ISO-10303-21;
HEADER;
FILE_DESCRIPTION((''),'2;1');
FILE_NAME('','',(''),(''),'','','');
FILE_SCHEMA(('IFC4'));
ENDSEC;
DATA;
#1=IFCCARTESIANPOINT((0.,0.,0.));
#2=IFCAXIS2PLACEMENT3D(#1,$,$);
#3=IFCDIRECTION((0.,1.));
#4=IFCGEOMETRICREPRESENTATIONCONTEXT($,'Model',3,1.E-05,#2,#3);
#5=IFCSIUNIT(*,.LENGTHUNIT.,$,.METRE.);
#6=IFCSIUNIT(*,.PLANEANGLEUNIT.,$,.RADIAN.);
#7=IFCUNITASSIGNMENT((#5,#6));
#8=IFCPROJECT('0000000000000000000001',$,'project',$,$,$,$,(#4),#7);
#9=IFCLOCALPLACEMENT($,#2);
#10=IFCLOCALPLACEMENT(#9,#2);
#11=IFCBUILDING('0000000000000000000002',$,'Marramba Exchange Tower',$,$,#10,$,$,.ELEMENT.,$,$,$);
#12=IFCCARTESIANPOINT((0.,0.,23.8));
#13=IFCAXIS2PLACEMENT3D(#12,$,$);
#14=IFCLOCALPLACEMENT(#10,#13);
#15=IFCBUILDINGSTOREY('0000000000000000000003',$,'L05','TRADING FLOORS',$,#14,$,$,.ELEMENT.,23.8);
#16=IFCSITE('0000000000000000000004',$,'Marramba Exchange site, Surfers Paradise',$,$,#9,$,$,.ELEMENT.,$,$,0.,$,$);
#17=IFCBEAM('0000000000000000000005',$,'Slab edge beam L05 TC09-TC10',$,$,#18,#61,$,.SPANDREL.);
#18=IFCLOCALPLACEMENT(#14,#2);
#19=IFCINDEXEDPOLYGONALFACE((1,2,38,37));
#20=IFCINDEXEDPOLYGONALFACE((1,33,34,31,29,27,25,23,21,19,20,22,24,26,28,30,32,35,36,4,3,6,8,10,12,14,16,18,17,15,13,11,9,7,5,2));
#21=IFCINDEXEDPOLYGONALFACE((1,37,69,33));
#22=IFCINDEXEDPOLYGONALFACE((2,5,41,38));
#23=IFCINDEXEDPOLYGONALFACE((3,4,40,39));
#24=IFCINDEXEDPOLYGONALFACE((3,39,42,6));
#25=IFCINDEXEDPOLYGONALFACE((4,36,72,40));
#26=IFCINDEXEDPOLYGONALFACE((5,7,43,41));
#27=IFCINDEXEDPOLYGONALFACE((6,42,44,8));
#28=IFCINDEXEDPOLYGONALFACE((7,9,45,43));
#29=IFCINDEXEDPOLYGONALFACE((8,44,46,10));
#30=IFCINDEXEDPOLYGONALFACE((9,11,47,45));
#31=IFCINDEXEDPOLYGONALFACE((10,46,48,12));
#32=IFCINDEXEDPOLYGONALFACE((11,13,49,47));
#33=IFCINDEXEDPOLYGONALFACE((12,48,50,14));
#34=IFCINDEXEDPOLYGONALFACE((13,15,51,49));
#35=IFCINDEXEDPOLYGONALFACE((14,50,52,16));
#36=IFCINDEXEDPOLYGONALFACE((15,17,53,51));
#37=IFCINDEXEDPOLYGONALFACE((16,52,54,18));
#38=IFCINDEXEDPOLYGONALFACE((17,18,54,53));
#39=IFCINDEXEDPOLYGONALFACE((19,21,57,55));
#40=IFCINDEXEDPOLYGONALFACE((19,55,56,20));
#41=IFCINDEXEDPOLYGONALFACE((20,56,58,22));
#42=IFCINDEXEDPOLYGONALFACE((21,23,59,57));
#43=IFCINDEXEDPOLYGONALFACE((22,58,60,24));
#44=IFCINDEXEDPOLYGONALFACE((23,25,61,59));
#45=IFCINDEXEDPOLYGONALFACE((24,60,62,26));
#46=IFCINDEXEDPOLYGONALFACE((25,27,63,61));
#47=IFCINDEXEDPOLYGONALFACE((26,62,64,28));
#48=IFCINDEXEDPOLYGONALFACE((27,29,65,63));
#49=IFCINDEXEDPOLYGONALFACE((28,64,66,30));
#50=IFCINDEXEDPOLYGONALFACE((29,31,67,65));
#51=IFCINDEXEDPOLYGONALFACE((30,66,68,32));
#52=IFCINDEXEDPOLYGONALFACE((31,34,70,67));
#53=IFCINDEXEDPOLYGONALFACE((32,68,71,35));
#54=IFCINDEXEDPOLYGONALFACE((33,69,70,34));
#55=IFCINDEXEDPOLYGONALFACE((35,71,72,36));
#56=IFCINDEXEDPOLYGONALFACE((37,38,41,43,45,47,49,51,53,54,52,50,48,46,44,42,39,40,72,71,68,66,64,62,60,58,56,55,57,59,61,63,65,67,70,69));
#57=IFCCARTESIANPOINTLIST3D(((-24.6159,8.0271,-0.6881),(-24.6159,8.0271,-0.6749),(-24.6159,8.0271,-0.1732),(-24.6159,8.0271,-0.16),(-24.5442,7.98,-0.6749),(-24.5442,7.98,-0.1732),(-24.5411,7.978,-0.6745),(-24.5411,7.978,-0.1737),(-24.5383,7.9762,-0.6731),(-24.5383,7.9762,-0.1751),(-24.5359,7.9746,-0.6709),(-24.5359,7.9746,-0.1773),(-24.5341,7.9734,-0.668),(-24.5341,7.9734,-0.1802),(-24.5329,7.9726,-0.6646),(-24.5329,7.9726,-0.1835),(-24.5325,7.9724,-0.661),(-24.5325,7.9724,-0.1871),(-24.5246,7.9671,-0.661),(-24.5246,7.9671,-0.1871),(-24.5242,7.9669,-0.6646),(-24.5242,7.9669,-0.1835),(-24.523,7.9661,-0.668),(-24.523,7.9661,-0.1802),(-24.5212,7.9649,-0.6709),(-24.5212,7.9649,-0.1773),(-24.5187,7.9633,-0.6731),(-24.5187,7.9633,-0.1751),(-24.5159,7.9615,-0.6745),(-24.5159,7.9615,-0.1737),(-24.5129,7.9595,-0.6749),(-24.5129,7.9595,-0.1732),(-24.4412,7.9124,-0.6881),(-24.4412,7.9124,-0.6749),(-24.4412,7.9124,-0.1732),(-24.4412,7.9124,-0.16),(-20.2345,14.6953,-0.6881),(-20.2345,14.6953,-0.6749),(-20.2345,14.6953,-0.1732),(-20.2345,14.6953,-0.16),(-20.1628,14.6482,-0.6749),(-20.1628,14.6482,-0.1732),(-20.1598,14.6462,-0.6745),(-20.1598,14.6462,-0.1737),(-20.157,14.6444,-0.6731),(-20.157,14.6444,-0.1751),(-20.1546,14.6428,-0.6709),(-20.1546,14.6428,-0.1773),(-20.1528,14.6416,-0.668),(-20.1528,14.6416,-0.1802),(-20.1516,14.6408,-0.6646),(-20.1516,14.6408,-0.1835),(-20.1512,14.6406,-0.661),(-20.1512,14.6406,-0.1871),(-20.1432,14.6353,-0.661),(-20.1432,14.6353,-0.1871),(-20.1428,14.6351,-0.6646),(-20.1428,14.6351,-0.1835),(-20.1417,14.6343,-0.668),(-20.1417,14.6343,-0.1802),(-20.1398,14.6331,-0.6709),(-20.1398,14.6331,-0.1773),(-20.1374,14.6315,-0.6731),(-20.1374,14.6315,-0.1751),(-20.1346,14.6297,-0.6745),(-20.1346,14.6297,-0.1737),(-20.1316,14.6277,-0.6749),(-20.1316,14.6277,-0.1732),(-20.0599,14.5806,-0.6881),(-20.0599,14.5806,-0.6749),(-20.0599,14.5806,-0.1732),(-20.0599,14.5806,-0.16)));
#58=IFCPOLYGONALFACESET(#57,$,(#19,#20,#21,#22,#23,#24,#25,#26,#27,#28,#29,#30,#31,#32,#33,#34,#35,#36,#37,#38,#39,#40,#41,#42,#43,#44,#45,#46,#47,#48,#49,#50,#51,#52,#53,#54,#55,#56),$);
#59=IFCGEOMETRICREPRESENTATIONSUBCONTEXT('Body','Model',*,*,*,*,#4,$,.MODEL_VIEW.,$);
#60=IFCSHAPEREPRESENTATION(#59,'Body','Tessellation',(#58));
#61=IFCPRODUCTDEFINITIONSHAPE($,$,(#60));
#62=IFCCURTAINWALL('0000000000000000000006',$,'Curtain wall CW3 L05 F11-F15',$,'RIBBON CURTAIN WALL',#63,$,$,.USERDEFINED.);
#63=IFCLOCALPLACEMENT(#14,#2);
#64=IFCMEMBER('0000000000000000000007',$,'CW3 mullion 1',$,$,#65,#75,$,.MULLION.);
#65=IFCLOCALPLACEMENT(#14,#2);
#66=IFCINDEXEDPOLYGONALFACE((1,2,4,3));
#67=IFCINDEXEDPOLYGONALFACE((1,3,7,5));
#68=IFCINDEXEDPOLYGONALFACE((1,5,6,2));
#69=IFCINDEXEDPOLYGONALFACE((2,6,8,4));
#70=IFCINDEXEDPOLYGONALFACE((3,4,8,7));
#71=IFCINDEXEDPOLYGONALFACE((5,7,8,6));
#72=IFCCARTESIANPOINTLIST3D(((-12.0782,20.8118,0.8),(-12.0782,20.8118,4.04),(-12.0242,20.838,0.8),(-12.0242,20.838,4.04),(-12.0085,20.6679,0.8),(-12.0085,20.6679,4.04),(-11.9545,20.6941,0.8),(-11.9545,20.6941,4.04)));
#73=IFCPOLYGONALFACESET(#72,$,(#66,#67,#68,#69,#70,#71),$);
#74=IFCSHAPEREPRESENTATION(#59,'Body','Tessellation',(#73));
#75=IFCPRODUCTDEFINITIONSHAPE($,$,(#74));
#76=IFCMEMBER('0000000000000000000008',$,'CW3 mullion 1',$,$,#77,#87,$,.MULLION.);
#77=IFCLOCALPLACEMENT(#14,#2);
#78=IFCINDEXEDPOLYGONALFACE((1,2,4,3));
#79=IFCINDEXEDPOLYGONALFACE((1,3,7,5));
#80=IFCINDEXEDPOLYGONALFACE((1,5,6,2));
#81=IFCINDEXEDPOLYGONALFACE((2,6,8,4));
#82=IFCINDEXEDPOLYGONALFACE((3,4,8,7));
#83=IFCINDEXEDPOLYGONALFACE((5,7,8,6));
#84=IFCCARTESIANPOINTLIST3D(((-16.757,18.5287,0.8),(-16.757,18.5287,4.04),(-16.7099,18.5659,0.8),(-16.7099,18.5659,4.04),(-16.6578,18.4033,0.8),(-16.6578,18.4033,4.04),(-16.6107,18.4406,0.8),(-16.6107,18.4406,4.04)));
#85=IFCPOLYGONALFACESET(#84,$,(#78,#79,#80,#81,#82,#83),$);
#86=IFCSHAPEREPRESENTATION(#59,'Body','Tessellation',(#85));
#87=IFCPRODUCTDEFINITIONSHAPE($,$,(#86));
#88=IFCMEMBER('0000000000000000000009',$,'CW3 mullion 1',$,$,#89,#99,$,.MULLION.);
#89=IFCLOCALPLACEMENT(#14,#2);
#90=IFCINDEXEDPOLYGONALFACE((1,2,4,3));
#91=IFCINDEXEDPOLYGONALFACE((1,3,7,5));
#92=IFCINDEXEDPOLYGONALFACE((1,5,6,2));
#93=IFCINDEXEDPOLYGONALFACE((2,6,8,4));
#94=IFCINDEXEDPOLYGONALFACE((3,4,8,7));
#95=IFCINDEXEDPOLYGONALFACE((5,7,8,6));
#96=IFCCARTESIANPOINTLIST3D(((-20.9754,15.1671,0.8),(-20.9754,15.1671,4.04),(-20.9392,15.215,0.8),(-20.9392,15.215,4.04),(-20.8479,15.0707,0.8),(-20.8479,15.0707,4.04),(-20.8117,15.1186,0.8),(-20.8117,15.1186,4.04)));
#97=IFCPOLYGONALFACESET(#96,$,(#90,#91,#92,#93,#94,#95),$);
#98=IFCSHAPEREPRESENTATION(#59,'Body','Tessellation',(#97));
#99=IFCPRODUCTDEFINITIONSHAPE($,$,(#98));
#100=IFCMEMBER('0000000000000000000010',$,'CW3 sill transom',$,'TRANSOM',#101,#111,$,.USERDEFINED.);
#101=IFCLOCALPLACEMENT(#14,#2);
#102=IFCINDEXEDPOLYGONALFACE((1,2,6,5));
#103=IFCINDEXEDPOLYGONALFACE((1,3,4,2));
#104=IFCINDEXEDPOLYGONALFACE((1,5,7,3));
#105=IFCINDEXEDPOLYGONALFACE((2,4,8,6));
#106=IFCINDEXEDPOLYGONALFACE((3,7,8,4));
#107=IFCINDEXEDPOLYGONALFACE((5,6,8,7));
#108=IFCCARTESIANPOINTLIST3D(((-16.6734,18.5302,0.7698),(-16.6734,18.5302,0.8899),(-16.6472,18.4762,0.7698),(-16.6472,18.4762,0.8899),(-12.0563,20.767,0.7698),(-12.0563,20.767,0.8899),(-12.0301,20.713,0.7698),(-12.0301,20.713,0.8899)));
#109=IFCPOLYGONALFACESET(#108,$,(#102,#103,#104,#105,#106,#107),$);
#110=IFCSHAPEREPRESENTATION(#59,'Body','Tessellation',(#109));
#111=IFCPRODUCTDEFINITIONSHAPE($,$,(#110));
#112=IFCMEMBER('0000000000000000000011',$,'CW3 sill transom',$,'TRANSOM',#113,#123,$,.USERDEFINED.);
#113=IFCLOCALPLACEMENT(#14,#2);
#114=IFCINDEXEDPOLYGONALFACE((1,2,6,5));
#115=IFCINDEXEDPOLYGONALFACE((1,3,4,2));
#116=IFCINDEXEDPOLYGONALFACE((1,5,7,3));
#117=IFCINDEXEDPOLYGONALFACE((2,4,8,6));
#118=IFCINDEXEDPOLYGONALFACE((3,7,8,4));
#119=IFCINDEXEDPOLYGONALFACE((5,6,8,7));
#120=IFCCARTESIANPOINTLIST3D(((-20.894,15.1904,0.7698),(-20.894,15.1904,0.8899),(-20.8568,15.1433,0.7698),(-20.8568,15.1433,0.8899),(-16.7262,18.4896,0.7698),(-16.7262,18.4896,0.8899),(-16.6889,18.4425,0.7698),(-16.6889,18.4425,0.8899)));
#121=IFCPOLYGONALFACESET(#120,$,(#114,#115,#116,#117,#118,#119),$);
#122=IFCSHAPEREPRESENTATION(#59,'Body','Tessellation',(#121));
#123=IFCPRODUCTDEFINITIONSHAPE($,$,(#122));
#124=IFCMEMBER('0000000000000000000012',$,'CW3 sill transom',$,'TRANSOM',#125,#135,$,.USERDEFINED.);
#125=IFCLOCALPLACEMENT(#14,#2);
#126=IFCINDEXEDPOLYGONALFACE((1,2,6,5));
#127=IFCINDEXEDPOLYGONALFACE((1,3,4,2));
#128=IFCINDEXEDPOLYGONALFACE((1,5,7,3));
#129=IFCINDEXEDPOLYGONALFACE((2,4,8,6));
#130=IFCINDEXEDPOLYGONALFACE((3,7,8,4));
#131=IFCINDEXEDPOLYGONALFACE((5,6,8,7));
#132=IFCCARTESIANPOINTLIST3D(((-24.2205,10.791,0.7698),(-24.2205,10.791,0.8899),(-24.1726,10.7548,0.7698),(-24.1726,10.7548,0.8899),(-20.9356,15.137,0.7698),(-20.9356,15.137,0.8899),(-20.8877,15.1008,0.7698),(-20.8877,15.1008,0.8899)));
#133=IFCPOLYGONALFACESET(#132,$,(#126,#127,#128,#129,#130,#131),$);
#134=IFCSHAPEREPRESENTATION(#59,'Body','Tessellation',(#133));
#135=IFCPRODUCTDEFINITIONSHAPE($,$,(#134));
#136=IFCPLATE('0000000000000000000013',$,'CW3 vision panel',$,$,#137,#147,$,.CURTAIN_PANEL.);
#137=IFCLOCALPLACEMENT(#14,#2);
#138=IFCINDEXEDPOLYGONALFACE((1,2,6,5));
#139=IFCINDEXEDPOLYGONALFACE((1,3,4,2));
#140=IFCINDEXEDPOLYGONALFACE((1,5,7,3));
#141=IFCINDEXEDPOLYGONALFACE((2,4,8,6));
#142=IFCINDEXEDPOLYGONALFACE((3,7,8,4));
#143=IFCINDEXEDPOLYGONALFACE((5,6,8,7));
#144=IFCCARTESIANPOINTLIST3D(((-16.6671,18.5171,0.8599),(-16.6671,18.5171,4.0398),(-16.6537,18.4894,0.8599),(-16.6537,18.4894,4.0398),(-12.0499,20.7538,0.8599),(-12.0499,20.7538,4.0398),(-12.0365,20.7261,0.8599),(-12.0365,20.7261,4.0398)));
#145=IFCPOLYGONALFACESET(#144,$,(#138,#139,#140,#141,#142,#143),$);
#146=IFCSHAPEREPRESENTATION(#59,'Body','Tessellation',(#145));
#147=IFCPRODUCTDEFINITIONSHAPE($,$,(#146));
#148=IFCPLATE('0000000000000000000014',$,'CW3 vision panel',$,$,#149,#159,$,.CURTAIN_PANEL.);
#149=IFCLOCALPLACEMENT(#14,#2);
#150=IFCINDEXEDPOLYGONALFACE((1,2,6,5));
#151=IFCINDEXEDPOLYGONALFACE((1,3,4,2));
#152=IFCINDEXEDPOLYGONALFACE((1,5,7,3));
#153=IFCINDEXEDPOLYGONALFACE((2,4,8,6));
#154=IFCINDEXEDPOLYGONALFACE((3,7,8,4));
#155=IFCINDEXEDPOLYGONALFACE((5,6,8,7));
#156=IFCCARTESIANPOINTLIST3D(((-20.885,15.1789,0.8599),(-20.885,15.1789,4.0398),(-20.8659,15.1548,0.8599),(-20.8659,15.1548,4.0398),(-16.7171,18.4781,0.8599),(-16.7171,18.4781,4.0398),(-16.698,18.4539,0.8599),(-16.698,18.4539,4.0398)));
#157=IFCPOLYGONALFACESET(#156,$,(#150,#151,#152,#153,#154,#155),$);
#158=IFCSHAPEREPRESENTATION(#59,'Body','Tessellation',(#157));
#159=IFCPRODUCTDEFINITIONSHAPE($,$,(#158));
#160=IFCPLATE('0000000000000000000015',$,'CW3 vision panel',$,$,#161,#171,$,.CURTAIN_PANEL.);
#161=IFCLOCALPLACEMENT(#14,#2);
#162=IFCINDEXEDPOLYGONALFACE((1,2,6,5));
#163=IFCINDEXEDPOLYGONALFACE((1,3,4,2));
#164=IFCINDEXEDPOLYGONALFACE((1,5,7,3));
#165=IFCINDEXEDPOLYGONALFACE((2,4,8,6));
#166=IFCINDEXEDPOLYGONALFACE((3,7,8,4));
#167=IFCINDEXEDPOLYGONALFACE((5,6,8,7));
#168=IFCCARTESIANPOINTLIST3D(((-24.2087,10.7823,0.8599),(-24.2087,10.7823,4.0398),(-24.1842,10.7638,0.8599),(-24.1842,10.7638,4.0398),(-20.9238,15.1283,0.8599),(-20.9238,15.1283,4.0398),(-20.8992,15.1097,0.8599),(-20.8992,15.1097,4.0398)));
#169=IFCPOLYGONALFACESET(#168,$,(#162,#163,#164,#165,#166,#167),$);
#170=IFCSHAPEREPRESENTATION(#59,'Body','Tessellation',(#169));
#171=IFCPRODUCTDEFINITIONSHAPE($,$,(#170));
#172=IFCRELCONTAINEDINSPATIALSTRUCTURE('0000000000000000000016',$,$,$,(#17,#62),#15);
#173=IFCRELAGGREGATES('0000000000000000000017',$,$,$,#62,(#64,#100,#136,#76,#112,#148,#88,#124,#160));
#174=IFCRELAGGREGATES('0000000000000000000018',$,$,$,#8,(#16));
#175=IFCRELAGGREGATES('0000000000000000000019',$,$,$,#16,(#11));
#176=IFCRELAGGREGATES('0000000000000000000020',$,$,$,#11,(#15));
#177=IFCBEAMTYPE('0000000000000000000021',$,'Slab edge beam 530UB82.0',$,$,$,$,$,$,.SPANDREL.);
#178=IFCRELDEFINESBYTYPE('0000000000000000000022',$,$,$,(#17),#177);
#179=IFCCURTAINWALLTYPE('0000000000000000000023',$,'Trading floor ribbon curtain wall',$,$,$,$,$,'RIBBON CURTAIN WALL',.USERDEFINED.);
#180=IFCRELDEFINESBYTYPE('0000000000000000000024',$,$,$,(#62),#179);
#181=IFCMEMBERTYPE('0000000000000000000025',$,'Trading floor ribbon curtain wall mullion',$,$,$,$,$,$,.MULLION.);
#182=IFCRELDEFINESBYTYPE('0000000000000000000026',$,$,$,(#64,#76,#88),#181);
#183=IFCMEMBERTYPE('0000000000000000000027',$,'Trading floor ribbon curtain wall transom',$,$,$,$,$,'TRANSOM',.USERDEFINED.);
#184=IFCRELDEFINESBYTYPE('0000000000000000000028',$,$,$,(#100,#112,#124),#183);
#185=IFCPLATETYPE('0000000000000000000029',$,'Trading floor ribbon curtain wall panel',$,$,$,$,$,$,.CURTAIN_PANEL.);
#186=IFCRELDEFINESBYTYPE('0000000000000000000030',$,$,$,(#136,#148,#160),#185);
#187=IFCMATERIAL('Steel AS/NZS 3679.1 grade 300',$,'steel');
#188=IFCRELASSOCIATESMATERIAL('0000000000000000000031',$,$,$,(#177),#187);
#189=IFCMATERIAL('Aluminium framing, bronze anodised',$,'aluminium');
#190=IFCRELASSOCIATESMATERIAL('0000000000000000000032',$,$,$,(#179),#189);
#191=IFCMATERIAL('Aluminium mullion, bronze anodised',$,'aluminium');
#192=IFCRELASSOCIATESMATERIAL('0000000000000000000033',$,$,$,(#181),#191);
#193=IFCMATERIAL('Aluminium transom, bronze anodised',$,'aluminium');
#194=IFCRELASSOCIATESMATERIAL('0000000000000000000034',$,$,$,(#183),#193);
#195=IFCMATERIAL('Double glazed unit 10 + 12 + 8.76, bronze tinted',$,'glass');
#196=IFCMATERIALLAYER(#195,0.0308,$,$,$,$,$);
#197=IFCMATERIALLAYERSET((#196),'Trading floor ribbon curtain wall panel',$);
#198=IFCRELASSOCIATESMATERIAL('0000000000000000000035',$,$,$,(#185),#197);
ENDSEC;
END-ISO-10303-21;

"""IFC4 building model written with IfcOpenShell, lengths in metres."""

from ifc_helpers import new_model, si_unit, direction, frame, origin, origin_2d, place, context, subcontext, project, spatial, rectangle, i_section, extrude, material, layer, layer_set, material_profile, profile_set, type_object, element, aggregate, save


model = new_model("IFC4")

# Units and contexts
model_context = context("Model", 3, precision=1e-05, world=origin(), true_north=direction((0.0, 1.0)))
body_context = subcontext(model_context, "Body", "Model", "MODEL_VIEW")
ifc_project = project(units=[si_unit("LENGTHUNIT", "METRE"), si_unit("PLANEANGLEUNIT", "RADIAN")], contexts=[model_context])

# Site, building, storey
site_placement = place(None, origin())
site = spatial("IfcSite", under=ifc_project, at=site_placement, Name="Marramba Exchange site, Surfers Paradise", CompositionType="ELEMENT", RefElevation=0.0)
building_placement = place(site_placement, origin())
building = spatial("IfcBuilding", under=site, at=building_placement, Name="Marramba Exchange Tower", CompositionType="ELEMENT")
storey_placement = place(building_placement, frame((0.0, 0.0, 23.8)))
storey = spatial("IfcBuildingStorey", under=building, at=storey_placement, Name="L05", Description="TRADING FLOORS", CompositionType="ELEMENT", Elevation=23.8)

# Beam
ifc_material_1 = material(Name="Steel AS/NZS 3679.1 grade 300", Category="steel")
ifc_material_profile_1 = material_profile(ifc_material_1, i_section(OverallWidth=0.209, OverallDepth=0.5281, WebThickness=0.0095, FlangeThickness=0.0132, FilletRadius=0.0139, at=origin_2d()), Name="530UB82.0")
ifc_profile_set_1 = profile_set([ifc_material_profile_1], Name="Steel AS/NZS 3679.1 grade 300")
beam_type_1 = type_object("IfcBeamType", Name="Slab edge beam 530UB82.0", PredefinedType="SPANDREL", material=ifc_profile_set_1)
beam_1_placement = place(storey_placement, frame((-20.1472, 14.6379, -0.4241), z_axis=(-0.549124, -0.835741, 0.0), x_axis=(0.835741, -0.549124, 0.0)))
element("IfcBeam", 1, at=beam_1_placement, inside=storey, type_object=beam_type_1, Name="Slab edge beam L05 TC09-TC10", PredefinedType="SPANDREL", context=body_context, shape_type="SweptSolid", body=[
    extrude(i_section(OverallWidth=0.209, OverallDepth=0.5281, WebThickness=0.0095, FlangeThickness=0.0132, FilletRadius=0.0139, at=origin_2d()), origin(), (0.0, 0.0, 1.0), 7.9788),
])

# Curtain wall, members, plates
ifc_material_2 = material(Name="Aluminium framing, bronze anodised", Category="aluminium")
curtain_wall_type = type_object("IfcCurtainWallType", Name="Trading floor ribbon curtain wall", ElementType="RIBBON CURTAIN WALL", PredefinedType="USERDEFINED", material=ifc_material_2)
curtain_wall_placement = place(storey_placement, origin())
curtain_wall = element("IfcCurtainWall", 2, at=curtain_wall_placement, inside=storey, type_object=curtain_wall_type, Name="Curtain wall CW3 L05 F11-F15", ObjectType="RIBBON CURTAIN WALL", PredefinedType="USERDEFINED")
ifc_material_3 = material(Name="Aluminium mullion, bronze anodised", Category="aluminium")
ifc_material_profile_2 = material_profile(ifc_material_3, rectangle(XDim=0.1599, YDim=0.0601, at=origin_2d()), Name="CW3 mullion 60x160")
ifc_profile_set_2 = profile_set([ifc_material_profile_2], Name="Aluminium mullion, bronze anodised")
member_type_1 = type_object("IfcMemberType", Name="Trading floor ribbon curtain wall mullion", PredefinedType="MULLION", material=ifc_profile_set_2)
member_1_placement = place(storey_placement, frame((-12.0164, 20.7529, 0.8), z_axis=(0.0, 0.0, 1.0), x_axis=(0.435965, -0.899963, 0.0)))
member_1 = element("IfcMember", 3, at=member_1_placement, type_object=member_type_1, Name="CW3 mullion 1", PredefinedType="MULLION", context=body_context, shape_type="SweptSolid", body=[
    extrude(rectangle(XDim=0.1599, YDim=0.0601, at=origin_2d()), origin(), (0.0, 0.0, 1.0), 3.24),
])
member_2_placement = place(storey_placement, frame((-16.6838, 18.4846, 0.8), z_axis=(0.0, 0.0, 1.0), x_axis=(0.62065, -0.784088, 0.0)))
member_2 = element("IfcMember", 4, at=member_2_placement, type_object=member_type_1, Name="CW3 mullion 1", PredefinedType="MULLION", context=body_context, shape_type="SweptSolid", body=[
    extrude(rectangle(XDim=0.1599, YDim=0.0601, at=origin_2d()), origin(), (0.0, 0.0, 1.0), 3.24),
])
member_3_placement = place(storey_placement, frame((-20.8936, 15.1428, 0.8), z_axis=(0.0, 0.0, 1.0), x_axis=(0.797749, -0.60299, 0.0)))
member_3 = element("IfcMember", 5, at=member_3_placement, type_object=member_type_1, Name="CW3 mullion 1", PredefinedType="MULLION", context=body_context, shape_type="SweptSolid", body=[
    extrude(rectangle(XDim=0.1599, YDim=0.0601, at=origin_2d()), origin(), (0.0, 0.0, 1.0), 3.24),
])
ifc_material_4 = material(Name="Aluminium transom, bronze anodised", Category="aluminium")
ifc_material_profile_3 = material_profile(ifc_material_4, rectangle(XDim=0.0601, YDim=0.1201, at=origin_2d()), Name="CW3 transom 60x120")
ifc_profile_set_3 = profile_set([ifc_material_profile_3], Name="Aluminium transom, bronze anodised")
member_type_2 = type_object("IfcMemberType", Name="Trading floor ribbon curtain wall transom", ElementType="TRANSOM", PredefinedType="USERDEFINED", material=ifc_profile_set_3)
member_4_placement = place(storey_placement, frame((-12.0432, 20.74, 0.8298), z_axis=(-0.899953, -0.435986, 0.0), x_axis=(0.435986, -0.899953, 0.0)))
member_4 = element("IfcMember", 6, at=member_4_placement, type_object=member_type_2, Name="CW3 sill transom", ObjectType="TRANSOM", PredefinedType="USERDEFINED", context=body_context, shape_type="SweptSolid", body=[
    extrude(rectangle(XDim=0.0601, YDim=0.1201, at=origin_2d()), origin(), (0.0, 0.0, 1.0), 5.1304),
])
member_5_placement = place(storey_placement, frame((-16.7075, 18.4661, 0.8298), z_axis=(-0.784076, -0.620665, 0.0), x_axis=(0.620665, -0.784076, 0.0)))
member_5 = element("IfcMember", 7, at=member_5_placement, type_object=member_type_2, Name="CW3 sill transom", ObjectType="TRANSOM", PredefinedType="USERDEFINED", context=body_context, shape_type="SweptSolid", body=[
    extrude(rectangle(XDim=0.0601, YDim=0.1201, at=origin_2d()), origin(), (0.0, 0.0, 1.0), 5.3157),
])
member_6_placement = place(storey_placement, frame((-20.9116, 15.1189, 0.8298), z_axis=(-0.602986, -0.797752, 0.0), x_axis=(0.797752, -0.602986, 0.0)))
member_6 = element("IfcMember", 8, at=member_6_placement, type_object=member_type_2, Name="CW3 sill transom", ObjectType="TRANSOM", PredefinedType="USERDEFINED", context=body_context, shape_type="SweptSolid", body=[
    extrude(rectangle(XDim=0.0601, YDim=0.1201, at=origin_2d()), origin(), (0.0, 0.0, 1.0), 5.4478),
])
ifc_material_5 = material(Name="Double glazed unit 10 + 12 + 8.76, bronze tinted", Category="glass")
ifc_layer_1 = layer(ifc_material_5, 0.0308)
ifc_layer_set_1 = layer_set([ifc_layer_1], Name="Trading floor ribbon curtain wall panel")
plate_type = type_object("IfcPlateType", Name="Trading floor ribbon curtain wall panel", PredefinedType="CURTAIN_PANEL", material=ifc_layer_set_1)
plate_1_placement = place(storey_placement, frame((-14.3518, 19.6216, 0.8599), z_axis=(0.0, 0.0, 1.0), x_axis=(-0.899963, -0.435965, 0.0)))
plate_1 = element("IfcPlate", 9, at=plate_1_placement, type_object=plate_type, Name="CW3 vision panel", PredefinedType="CURTAIN_PANEL", context=body_context, shape_type="SweptSolid", body=[
    extrude(rectangle(XDim=5.1304, YDim=0.0308, at=origin_2d()), origin(), (0.0, 0.0, 1.0), 3.1799),
])
plate_2_placement = place(storey_placement, frame((-18.7915, 16.8164, 0.8599), z_axis=(0.0, 0.0, 1.0), x_axis=(-0.784088, -0.62065, 0.0)))
plate_2 = element("IfcPlate", 10, at=plate_2_placement, type_object=plate_type, Name="CW3 vision panel", PredefinedType="CURTAIN_PANEL", context=body_context, shape_type="SweptSolid", body=[
    extrude(rectangle(XDim=5.3157, YDim=0.0308, at=origin_2d()), origin(), (0.0, 0.0, 1.0), 3.1799),
])
plate_3_placement = place(storey_placement, frame((-22.554, 12.946, 0.8599), z_axis=(0.0, 0.0, 1.0), x_axis=(-0.60299, -0.797749, 0.0)))
plate_3 = element("IfcPlate", 11, at=plate_3_placement, type_object=plate_type, Name="CW3 vision panel", PredefinedType="CURTAIN_PANEL", context=body_context, shape_type="SweptSolid", body=[
    extrude(rectangle(XDim=5.4478, YDim=0.0308, at=origin_2d()), origin(), (0.0, 0.0, 1.0), 3.1799),
])
aggregate(curtain_wall, [member_1, member_4, plate_1, member_2, member_5, plate_2, member_3, member_6, plate_3])

save(model, "model.ifc")
